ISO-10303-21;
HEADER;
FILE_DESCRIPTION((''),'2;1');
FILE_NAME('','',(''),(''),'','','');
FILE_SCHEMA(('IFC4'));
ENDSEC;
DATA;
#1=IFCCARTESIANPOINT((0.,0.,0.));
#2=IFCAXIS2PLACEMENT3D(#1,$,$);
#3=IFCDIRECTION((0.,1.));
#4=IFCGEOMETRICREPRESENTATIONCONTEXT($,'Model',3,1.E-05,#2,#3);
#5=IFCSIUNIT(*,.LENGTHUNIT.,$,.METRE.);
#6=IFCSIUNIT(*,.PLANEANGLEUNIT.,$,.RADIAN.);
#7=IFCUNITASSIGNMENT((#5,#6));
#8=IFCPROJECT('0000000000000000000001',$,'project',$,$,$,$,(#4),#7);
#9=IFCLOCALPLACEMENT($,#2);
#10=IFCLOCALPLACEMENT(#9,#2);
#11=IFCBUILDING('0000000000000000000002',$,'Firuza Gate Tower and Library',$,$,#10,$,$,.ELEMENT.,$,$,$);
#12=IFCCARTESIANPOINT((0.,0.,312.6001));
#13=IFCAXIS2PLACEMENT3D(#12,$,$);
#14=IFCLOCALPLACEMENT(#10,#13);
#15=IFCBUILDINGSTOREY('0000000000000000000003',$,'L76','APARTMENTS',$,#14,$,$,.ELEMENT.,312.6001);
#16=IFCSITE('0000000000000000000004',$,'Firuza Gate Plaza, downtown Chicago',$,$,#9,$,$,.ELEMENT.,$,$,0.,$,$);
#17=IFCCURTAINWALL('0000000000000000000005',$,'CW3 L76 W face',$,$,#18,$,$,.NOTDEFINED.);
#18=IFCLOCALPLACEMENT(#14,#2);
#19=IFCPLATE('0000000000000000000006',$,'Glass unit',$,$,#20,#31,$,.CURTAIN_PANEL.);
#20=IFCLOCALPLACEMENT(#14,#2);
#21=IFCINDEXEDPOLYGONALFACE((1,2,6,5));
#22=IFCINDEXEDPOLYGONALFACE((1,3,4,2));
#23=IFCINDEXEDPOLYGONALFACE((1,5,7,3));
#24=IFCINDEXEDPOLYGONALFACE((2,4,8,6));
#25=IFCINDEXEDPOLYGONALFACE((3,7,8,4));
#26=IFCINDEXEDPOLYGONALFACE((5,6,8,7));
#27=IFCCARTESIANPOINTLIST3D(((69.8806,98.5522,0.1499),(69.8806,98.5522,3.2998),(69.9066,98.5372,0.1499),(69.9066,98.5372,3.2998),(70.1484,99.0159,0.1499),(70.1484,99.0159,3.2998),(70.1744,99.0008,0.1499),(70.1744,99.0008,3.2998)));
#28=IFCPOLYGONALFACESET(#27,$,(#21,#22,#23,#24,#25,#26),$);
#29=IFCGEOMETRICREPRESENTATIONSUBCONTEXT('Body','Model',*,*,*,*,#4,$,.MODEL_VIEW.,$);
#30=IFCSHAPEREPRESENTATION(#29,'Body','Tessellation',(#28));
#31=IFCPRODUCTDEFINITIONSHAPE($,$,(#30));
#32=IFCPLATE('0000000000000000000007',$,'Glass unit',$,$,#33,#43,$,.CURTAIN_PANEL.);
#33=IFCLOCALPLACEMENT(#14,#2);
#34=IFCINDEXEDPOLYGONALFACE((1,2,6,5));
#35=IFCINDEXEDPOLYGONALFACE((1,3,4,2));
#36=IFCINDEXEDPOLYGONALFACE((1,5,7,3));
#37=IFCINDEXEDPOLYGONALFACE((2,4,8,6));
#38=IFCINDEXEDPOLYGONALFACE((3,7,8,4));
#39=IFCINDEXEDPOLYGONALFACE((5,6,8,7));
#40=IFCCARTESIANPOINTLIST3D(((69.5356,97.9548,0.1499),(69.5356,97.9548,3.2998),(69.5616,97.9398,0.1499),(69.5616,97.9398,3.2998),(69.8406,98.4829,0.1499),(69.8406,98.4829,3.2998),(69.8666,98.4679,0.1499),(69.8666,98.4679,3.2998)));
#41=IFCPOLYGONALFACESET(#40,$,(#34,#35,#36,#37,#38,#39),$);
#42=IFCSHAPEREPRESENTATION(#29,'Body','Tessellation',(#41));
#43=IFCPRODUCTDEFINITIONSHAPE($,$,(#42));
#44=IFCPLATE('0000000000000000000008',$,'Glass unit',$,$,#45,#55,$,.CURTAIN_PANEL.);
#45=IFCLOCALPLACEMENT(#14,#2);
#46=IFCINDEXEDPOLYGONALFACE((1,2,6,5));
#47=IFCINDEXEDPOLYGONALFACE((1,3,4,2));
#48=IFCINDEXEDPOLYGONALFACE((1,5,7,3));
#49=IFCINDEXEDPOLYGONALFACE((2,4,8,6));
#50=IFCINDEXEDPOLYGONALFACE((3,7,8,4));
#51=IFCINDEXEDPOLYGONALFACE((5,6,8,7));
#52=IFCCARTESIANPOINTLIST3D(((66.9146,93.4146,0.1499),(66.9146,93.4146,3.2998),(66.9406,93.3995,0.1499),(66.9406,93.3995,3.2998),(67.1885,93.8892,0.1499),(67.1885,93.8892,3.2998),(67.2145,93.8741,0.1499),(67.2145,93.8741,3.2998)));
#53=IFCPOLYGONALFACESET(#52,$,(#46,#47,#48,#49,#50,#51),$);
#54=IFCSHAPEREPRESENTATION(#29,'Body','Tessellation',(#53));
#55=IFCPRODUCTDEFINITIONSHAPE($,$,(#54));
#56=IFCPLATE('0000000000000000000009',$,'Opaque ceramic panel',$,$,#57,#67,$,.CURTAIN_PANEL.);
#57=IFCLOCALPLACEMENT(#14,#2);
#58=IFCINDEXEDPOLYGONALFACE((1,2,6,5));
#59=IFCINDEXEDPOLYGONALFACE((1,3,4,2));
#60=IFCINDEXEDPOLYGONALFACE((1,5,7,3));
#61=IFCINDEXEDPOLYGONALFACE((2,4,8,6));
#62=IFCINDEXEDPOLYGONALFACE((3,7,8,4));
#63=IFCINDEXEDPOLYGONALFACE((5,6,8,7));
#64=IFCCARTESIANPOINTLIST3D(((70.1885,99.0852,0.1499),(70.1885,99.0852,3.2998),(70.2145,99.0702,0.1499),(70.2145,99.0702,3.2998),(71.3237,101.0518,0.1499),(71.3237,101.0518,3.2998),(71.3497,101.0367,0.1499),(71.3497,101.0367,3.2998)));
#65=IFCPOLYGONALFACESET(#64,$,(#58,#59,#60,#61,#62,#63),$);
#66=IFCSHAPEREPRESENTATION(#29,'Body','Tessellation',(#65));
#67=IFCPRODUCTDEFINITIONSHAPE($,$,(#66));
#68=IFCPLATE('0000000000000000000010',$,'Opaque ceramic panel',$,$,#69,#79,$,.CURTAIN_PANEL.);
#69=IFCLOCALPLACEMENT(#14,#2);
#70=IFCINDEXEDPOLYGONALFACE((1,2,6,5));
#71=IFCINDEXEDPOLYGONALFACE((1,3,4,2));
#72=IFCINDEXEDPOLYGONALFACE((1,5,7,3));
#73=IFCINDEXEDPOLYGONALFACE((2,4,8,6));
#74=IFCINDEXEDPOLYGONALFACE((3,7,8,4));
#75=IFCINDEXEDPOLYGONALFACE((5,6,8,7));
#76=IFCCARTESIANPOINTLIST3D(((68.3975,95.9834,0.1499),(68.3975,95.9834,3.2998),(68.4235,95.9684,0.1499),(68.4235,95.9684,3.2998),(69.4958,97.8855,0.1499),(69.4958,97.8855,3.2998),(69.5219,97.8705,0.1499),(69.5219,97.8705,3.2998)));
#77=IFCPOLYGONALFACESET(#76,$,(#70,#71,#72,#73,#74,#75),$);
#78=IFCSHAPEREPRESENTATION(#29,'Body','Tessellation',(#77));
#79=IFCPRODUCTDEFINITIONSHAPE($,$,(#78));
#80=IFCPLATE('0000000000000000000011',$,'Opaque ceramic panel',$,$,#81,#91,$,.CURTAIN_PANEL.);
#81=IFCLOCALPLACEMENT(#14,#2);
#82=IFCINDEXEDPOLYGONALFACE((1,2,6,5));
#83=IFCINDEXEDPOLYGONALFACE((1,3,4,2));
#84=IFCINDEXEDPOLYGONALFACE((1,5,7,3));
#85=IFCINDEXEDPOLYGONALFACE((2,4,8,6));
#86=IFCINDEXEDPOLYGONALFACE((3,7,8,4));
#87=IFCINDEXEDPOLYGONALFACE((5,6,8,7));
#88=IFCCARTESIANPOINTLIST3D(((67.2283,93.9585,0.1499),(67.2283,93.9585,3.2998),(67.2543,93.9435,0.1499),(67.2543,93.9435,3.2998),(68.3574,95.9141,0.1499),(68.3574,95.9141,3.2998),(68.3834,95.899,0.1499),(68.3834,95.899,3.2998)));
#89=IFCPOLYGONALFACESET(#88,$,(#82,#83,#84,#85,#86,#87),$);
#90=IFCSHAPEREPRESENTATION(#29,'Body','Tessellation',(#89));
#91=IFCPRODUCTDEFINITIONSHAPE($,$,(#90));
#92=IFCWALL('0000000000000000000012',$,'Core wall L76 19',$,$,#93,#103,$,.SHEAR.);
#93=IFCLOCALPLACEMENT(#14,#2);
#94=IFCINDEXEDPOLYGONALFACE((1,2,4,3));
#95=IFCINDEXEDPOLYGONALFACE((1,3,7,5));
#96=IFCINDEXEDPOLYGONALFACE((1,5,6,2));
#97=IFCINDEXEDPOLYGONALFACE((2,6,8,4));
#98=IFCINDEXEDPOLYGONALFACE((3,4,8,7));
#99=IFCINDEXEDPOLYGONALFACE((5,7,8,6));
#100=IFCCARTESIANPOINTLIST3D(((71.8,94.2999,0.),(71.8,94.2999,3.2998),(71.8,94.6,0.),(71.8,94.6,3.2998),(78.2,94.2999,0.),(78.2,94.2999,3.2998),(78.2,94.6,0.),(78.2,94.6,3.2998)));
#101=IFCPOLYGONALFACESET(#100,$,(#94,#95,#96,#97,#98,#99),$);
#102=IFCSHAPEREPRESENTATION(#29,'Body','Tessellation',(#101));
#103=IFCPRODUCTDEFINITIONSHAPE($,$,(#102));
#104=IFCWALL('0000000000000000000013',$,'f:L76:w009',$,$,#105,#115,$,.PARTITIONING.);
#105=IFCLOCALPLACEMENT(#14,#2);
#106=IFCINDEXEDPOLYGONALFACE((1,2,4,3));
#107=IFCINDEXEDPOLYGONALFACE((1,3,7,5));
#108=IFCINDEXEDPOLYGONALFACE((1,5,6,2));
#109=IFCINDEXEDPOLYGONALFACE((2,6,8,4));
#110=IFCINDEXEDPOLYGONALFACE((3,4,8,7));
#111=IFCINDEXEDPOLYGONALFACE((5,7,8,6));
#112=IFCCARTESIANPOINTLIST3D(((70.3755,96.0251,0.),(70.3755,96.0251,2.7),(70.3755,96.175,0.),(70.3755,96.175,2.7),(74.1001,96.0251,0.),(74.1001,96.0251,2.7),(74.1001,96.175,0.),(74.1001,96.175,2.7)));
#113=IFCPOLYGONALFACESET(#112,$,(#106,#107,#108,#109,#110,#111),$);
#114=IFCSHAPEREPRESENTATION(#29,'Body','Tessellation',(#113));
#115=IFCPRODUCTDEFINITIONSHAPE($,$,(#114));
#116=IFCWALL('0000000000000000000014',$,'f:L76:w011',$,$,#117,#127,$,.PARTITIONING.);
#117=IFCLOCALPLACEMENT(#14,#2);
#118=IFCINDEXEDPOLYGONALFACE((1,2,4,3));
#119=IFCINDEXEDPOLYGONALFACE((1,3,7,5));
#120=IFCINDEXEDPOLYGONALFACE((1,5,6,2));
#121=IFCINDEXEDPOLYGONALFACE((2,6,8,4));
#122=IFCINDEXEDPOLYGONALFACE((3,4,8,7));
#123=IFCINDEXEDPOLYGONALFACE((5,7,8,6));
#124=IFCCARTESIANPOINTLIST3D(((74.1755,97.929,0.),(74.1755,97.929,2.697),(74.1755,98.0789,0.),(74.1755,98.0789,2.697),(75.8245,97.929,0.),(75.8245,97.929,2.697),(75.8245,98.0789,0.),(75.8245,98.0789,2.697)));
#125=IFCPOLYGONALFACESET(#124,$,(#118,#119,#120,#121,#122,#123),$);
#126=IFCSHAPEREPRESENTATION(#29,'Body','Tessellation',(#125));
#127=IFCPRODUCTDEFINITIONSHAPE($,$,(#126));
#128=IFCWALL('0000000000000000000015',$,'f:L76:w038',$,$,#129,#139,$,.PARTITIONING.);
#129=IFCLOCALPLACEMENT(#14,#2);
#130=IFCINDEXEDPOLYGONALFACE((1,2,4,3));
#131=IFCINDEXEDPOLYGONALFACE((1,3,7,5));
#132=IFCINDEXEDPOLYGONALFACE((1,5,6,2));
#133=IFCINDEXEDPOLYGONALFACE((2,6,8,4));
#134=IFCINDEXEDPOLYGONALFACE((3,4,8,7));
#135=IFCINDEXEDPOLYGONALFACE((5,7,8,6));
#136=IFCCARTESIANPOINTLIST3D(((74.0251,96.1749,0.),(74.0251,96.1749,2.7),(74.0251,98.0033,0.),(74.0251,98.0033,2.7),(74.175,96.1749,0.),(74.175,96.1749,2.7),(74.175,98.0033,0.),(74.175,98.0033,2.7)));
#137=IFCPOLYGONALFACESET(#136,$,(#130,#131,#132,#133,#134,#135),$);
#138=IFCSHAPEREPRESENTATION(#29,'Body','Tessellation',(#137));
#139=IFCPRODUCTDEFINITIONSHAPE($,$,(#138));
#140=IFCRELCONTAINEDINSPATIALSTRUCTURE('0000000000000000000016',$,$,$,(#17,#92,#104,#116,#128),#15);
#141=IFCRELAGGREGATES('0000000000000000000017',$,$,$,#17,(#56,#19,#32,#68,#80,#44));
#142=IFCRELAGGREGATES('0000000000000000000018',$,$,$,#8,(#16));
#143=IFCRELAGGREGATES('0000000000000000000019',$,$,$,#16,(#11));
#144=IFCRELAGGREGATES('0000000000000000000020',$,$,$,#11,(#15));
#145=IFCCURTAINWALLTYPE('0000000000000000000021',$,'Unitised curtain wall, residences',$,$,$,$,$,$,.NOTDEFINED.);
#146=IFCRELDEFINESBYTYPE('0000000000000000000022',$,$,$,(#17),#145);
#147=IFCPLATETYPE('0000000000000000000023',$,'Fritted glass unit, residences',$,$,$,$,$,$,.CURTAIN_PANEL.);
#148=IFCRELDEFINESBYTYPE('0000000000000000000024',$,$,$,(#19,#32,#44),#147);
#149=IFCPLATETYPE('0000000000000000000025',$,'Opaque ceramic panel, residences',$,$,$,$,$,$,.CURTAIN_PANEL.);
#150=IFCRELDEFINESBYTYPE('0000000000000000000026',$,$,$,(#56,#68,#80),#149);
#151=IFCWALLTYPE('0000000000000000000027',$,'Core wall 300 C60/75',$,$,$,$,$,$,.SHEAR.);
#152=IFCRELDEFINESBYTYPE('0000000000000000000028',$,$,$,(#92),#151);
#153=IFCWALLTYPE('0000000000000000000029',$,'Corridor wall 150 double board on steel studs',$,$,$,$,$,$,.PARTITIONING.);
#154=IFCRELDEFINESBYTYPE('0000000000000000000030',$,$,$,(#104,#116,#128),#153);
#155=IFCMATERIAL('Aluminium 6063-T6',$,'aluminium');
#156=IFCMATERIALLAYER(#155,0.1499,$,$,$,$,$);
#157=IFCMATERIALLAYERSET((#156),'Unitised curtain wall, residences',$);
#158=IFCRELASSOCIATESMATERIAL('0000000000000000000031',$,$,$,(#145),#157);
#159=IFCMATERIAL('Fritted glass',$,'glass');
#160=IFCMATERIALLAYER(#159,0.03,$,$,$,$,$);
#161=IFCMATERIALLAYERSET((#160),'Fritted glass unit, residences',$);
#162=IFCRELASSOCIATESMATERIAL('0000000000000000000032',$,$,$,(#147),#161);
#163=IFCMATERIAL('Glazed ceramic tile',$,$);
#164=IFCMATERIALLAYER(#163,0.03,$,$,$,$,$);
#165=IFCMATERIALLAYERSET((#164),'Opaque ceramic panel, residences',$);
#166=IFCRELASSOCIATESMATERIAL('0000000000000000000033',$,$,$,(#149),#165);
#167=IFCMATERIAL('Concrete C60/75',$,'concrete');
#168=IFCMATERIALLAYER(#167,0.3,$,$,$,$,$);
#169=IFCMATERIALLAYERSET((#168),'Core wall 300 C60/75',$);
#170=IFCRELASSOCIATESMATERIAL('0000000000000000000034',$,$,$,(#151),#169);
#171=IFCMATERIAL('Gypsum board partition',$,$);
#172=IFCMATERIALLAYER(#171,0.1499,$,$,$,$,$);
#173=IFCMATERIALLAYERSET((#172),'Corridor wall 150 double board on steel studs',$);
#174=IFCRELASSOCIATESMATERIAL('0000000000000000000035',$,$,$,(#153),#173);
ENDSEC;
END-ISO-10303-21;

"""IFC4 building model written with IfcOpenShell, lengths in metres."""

from ifc_helpers import new_model, si_unit, direction, frame, frame_2d, origin, place, context, subcontext, project, spatial, polyline, rectangle, outline, extrude, material, layer, layer_set, type_object, element, aggregate, save


model = new_model("IFC4")

# Units and contexts
model_context = context("Model", 3, precision=1e-05, world=origin(), true_north=direction((0.0, 1.0)))
body_context = subcontext(model_context, "Body", "Model", "MODEL_VIEW")
ifc_project = project(units=[si_unit("LENGTHUNIT", "METRE"), si_unit("PLANEANGLEUNIT", "RADIAN")], contexts=[model_context])

# Site, building, storey
site_placement = place(None, origin())
site = spatial("IfcSite", under=ifc_project, at=site_placement, Name="Firuza Gate Plaza, downtown Chicago", CompositionType="ELEMENT", RefElevation=0.0)
building_placement = place(site_placement, origin())
building = spatial("IfcBuilding", under=site, at=building_placement, Name="Firuza Gate Tower and Library", CompositionType="ELEMENT")
storey_placement = place(building_placement, frame((0.0, 0.0, 312.6001)))
storey = spatial("IfcBuildingStorey", under=building, at=storey_placement, Name="L76", Description="APARTMENTS", CompositionType="ELEMENT", Elevation=312.6001)

# Curtain wall
ifc_material_1 = material(Name="Aluminium 6063-T6", Category="aluminium")
ifc_layer_1 = layer(ifc_material_1, 0.1499)
ifc_layer_set_1 = layer_set([ifc_layer_1], Name="Unitised curtain wall, residences")
curtain_wall_type_1 = type_object("IfcCurtainWallType", Name="Unitised curtain wall, residences", PredefinedType="NOTDEFINED", material=ifc_layer_set_1)
placement = place(storey_placement, origin())
curtain_wall_1 = element("IfcCurtainWall", 1, at=placement, inside=storey, type_object=curtain_wall_type_1, Name="CW3 L76 W face", PredefinedType="NOTDEFINED")

# Plates
ifc_material_2 = material(Name="Fritted glass", Category="glass")
ifc_layer_2 = layer(ifc_material_2, 0.03)
ifc_layer_set_2 = layer_set([ifc_layer_2], Name="Fritted glass unit, residences")
plate_type_1 = type_object("IfcPlateType", Name="Fritted glass unit, residences", PredefinedType="CURTAIN_PANEL", material=ifc_layer_set_2)
plate_1_placement = place(storey_placement, frame((70.1484, 99.0159, 0.1499), z_axis=(-0.865905, 0.500209, 0.0), x_axis=(-0.500209, -0.865905, 0.0)))
plate_1 = element("IfcPlate", 2, at=plate_1_placement, type_object=plate_type_1, Name="Glass unit", PredefinedType="CURTAIN_PANEL", context=body_context, shape_type="SweptSolid", body=[
    extrude(outline(polyline([(0.0, 0.0), (0.5354, 0.0), (0.5354, 3.1499), (0.0, 3.1499), (0.0, 0.0)])), origin(), (0.0, 0.0, -1.0), 0.03),
])
plate_2_placement = place(storey_placement, frame((69.8406, 98.4829, 0.1499), z_axis=(-0.865992, 0.500057, 0.0), x_axis=(-0.500057, -0.865992, 0.0)))
plate_2 = element("IfcPlate", 3, at=plate_2_placement, type_object=plate_type_1, Name="Glass unit", PredefinedType="CURTAIN_PANEL", context=body_context, shape_type="SweptSolid", body=[
    extrude(outline(polyline([(0.0, 0.0), (0.6098, 0.0), (0.6098, 3.1499), (0.0, 3.1499), (0.0, 0.0)])), origin(), (0.0, 0.0, -1.0), 0.03),
])
plate_3_placement = place(storey_placement, frame((67.1885, 93.8892, 0.1499), z_axis=(-0.866097, 0.499877, 0.0), x_axis=(-0.499877, -0.866097, 0.0)))
plate_3 = element("IfcPlate", 4, at=plate_3_placement, type_object=plate_type_1, Name="Glass unit", PredefinedType="CURTAIN_PANEL", context=body_context, shape_type="SweptSolid", body=[
    extrude(outline(polyline([(0.0, 0.0), (0.548, 0.0), (0.548, 3.1499), (0.0, 3.1499), (0.0, 0.0)])), origin(), (0.0, 0.0, -1.0), 0.03),
])
ifc_material_3 = material(Name="Glazed ceramic tile")
ifc_layer_3 = layer(ifc_material_3, 0.03)
ifc_layer_set_3 = layer_set([ifc_layer_3], Name="Opaque ceramic panel, residences")
plate_type_2 = type_object("IfcPlateType", Name="Opaque ceramic panel, residences", PredefinedType="CURTAIN_PANEL", material=ifc_layer_set_3)
plate_4_placement = place(storey_placement, frame((71.3237, 101.0518, 0.1499), z_axis=(-0.866051, 0.499955, 0.0), x_axis=(-0.499955, -0.866051, 0.0)))
plate_4 = element("IfcPlate", 5, at=plate_4_placement, type_object=plate_type_2, Name="Opaque ceramic panel", PredefinedType="CURTAIN_PANEL", context=body_context, shape_type="SweptSolid", body=[
    extrude(outline(polyline([(0.0, 0.0), (2.2707, 0.0), (2.2707, 3.1499), (0.0, 3.1499), (0.0, 0.0)])), origin(), (0.0, 0.0, -1.0), 0.03),
])
plate_5_placement = place(storey_placement, frame((69.4958, 97.8855, 0.1499), z_axis=(-0.865984, 0.500072, 0.0), x_axis=(-0.500072, -0.865984, 0.0)))
plate_5 = element("IfcPlate", 6, at=plate_5_placement, type_object=plate_type_2, Name="Opaque ceramic panel", PredefinedType="CURTAIN_PANEL", context=body_context, shape_type="SweptSolid", body=[
    extrude(outline(polyline([(0.0, 0.0), (2.1965, 0.0), (2.1965, 3.1499), (0.0, 3.1499), (0.0, 0.0)])), origin(), (0.0, 0.0, -1.0), 0.03),
])
plate_6_placement = place(storey_placement, frame((68.3574, 95.9141, 0.1499), z_axis=(-0.866006, 0.500034, 0.0), x_axis=(-0.500034, -0.866006, 0.0)))
plate_6 = element("IfcPlate", 7, at=plate_6_placement, type_object=plate_type_2, Name="Opaque ceramic panel", PredefinedType="CURTAIN_PANEL", context=body_context, shape_type="SweptSolid", body=[
    extrude(outline(polyline([(0.0, 0.0), (2.2581, 0.0), (2.2581, 3.1499), (0.0, 3.1499), (0.0, 0.0)])), origin(), (0.0, 0.0, -1.0), 0.03),
])
aggregate(curtain_wall_1, [plate_4, plate_1, plate_2, plate_5, plate_6, plate_3])

# Walls
ifc_material_4 = material(Name="Concrete C60/75", Category="concrete")
ifc_layer_4 = layer(ifc_material_4, 0.3)
ifc_layer_set_4 = layer_set([ifc_layer_4], Name="Core wall 300 C60/75")
wall_type_1 = type_object("IfcWallType", Name="Core wall 300 C60/75", PredefinedType="SHEAR", material=ifc_layer_set_4)
wall_1_placement = place(storey_placement, frame((71.8, 94.45, 0.0), z_axis=(0.0, 0.0, 1.0), x_axis=(1.0, 0.0, 0.0)))
element("IfcWall", 8, at=wall_1_placement, inside=storey, type_object=wall_type_1, Name="Core wall L76 19", PredefinedType="SHEAR", context=body_context, shape_type="SweptSolid", body=[
    extrude(rectangle(XDim=6.3999, YDim=0.3, at=frame_2d((3.2, 0.0))), origin(), (0.0, 0.0, 1.0), 3.2998),
])
ifc_material_5 = material(Name="Gypsum board partition")
ifc_layer_5 = layer(ifc_material_5, 0.1499)
ifc_layer_set_5 = layer_set([ifc_layer_5], Name="Corridor wall 150 double board on steel studs")
wall_type_2 = type_object("IfcWallType", Name="Corridor wall 150 double board on steel studs", PredefinedType="PARTITIONING", material=ifc_layer_set_5)
wall_2_placement = place(storey_placement, frame((70.3755, 96.1001, 0.0), z_axis=(0.0, 0.0, 1.0), x_axis=(1.0, 0.0, 0.0)))
element("IfcWall", 9, at=wall_2_placement, inside=storey, type_object=wall_type_2, Name="f:L76:w009", PredefinedType="PARTITIONING", context=body_context, shape_type="SweptSolid", body=[
    extrude(rectangle(XDim=3.7246, YDim=0.1499, at=frame_2d((1.8623, 0.0))), origin(), (0.0, 0.0, 1.0), 2.7),
])
wall_3_placement = place(storey_placement, frame((74.1755, 98.0039, 0.0), z_axis=(0.0, 0.0, 1.0), x_axis=(1.0, 0.0, 0.0)))
element("IfcWall", 10, at=wall_3_placement, inside=storey, type_object=wall_type_2, Name="f:L76:w011", PredefinedType="PARTITIONING", context=body_context, shape_type="SweptSolid", body=[
    extrude(rectangle(XDim=1.6489, YDim=0.1499, at=frame_2d((0.8245, 0.0))), origin(), (0.0, 0.0, 1.0), 2.697),
])
wall_4_placement = place(storey_placement, frame((74.1001, 96.175, 0.0), z_axis=(0.0, 0.0, 1.0), x_axis=(0.0, 1.0, 0.0)))
element("IfcWall", 11, at=wall_4_placement, inside=storey, type_object=wall_type_2, Name="f:L76:w038", PredefinedType="PARTITIONING", context=body_context, shape_type="SweptSolid", body=[
    extrude(rectangle(XDim=1.8284, YDim=0.1499, at=frame_2d((0.9141, 0.0))), origin(), (0.0, 0.0, 1.0), 2.7),
])

save(model, "model.ifc")
